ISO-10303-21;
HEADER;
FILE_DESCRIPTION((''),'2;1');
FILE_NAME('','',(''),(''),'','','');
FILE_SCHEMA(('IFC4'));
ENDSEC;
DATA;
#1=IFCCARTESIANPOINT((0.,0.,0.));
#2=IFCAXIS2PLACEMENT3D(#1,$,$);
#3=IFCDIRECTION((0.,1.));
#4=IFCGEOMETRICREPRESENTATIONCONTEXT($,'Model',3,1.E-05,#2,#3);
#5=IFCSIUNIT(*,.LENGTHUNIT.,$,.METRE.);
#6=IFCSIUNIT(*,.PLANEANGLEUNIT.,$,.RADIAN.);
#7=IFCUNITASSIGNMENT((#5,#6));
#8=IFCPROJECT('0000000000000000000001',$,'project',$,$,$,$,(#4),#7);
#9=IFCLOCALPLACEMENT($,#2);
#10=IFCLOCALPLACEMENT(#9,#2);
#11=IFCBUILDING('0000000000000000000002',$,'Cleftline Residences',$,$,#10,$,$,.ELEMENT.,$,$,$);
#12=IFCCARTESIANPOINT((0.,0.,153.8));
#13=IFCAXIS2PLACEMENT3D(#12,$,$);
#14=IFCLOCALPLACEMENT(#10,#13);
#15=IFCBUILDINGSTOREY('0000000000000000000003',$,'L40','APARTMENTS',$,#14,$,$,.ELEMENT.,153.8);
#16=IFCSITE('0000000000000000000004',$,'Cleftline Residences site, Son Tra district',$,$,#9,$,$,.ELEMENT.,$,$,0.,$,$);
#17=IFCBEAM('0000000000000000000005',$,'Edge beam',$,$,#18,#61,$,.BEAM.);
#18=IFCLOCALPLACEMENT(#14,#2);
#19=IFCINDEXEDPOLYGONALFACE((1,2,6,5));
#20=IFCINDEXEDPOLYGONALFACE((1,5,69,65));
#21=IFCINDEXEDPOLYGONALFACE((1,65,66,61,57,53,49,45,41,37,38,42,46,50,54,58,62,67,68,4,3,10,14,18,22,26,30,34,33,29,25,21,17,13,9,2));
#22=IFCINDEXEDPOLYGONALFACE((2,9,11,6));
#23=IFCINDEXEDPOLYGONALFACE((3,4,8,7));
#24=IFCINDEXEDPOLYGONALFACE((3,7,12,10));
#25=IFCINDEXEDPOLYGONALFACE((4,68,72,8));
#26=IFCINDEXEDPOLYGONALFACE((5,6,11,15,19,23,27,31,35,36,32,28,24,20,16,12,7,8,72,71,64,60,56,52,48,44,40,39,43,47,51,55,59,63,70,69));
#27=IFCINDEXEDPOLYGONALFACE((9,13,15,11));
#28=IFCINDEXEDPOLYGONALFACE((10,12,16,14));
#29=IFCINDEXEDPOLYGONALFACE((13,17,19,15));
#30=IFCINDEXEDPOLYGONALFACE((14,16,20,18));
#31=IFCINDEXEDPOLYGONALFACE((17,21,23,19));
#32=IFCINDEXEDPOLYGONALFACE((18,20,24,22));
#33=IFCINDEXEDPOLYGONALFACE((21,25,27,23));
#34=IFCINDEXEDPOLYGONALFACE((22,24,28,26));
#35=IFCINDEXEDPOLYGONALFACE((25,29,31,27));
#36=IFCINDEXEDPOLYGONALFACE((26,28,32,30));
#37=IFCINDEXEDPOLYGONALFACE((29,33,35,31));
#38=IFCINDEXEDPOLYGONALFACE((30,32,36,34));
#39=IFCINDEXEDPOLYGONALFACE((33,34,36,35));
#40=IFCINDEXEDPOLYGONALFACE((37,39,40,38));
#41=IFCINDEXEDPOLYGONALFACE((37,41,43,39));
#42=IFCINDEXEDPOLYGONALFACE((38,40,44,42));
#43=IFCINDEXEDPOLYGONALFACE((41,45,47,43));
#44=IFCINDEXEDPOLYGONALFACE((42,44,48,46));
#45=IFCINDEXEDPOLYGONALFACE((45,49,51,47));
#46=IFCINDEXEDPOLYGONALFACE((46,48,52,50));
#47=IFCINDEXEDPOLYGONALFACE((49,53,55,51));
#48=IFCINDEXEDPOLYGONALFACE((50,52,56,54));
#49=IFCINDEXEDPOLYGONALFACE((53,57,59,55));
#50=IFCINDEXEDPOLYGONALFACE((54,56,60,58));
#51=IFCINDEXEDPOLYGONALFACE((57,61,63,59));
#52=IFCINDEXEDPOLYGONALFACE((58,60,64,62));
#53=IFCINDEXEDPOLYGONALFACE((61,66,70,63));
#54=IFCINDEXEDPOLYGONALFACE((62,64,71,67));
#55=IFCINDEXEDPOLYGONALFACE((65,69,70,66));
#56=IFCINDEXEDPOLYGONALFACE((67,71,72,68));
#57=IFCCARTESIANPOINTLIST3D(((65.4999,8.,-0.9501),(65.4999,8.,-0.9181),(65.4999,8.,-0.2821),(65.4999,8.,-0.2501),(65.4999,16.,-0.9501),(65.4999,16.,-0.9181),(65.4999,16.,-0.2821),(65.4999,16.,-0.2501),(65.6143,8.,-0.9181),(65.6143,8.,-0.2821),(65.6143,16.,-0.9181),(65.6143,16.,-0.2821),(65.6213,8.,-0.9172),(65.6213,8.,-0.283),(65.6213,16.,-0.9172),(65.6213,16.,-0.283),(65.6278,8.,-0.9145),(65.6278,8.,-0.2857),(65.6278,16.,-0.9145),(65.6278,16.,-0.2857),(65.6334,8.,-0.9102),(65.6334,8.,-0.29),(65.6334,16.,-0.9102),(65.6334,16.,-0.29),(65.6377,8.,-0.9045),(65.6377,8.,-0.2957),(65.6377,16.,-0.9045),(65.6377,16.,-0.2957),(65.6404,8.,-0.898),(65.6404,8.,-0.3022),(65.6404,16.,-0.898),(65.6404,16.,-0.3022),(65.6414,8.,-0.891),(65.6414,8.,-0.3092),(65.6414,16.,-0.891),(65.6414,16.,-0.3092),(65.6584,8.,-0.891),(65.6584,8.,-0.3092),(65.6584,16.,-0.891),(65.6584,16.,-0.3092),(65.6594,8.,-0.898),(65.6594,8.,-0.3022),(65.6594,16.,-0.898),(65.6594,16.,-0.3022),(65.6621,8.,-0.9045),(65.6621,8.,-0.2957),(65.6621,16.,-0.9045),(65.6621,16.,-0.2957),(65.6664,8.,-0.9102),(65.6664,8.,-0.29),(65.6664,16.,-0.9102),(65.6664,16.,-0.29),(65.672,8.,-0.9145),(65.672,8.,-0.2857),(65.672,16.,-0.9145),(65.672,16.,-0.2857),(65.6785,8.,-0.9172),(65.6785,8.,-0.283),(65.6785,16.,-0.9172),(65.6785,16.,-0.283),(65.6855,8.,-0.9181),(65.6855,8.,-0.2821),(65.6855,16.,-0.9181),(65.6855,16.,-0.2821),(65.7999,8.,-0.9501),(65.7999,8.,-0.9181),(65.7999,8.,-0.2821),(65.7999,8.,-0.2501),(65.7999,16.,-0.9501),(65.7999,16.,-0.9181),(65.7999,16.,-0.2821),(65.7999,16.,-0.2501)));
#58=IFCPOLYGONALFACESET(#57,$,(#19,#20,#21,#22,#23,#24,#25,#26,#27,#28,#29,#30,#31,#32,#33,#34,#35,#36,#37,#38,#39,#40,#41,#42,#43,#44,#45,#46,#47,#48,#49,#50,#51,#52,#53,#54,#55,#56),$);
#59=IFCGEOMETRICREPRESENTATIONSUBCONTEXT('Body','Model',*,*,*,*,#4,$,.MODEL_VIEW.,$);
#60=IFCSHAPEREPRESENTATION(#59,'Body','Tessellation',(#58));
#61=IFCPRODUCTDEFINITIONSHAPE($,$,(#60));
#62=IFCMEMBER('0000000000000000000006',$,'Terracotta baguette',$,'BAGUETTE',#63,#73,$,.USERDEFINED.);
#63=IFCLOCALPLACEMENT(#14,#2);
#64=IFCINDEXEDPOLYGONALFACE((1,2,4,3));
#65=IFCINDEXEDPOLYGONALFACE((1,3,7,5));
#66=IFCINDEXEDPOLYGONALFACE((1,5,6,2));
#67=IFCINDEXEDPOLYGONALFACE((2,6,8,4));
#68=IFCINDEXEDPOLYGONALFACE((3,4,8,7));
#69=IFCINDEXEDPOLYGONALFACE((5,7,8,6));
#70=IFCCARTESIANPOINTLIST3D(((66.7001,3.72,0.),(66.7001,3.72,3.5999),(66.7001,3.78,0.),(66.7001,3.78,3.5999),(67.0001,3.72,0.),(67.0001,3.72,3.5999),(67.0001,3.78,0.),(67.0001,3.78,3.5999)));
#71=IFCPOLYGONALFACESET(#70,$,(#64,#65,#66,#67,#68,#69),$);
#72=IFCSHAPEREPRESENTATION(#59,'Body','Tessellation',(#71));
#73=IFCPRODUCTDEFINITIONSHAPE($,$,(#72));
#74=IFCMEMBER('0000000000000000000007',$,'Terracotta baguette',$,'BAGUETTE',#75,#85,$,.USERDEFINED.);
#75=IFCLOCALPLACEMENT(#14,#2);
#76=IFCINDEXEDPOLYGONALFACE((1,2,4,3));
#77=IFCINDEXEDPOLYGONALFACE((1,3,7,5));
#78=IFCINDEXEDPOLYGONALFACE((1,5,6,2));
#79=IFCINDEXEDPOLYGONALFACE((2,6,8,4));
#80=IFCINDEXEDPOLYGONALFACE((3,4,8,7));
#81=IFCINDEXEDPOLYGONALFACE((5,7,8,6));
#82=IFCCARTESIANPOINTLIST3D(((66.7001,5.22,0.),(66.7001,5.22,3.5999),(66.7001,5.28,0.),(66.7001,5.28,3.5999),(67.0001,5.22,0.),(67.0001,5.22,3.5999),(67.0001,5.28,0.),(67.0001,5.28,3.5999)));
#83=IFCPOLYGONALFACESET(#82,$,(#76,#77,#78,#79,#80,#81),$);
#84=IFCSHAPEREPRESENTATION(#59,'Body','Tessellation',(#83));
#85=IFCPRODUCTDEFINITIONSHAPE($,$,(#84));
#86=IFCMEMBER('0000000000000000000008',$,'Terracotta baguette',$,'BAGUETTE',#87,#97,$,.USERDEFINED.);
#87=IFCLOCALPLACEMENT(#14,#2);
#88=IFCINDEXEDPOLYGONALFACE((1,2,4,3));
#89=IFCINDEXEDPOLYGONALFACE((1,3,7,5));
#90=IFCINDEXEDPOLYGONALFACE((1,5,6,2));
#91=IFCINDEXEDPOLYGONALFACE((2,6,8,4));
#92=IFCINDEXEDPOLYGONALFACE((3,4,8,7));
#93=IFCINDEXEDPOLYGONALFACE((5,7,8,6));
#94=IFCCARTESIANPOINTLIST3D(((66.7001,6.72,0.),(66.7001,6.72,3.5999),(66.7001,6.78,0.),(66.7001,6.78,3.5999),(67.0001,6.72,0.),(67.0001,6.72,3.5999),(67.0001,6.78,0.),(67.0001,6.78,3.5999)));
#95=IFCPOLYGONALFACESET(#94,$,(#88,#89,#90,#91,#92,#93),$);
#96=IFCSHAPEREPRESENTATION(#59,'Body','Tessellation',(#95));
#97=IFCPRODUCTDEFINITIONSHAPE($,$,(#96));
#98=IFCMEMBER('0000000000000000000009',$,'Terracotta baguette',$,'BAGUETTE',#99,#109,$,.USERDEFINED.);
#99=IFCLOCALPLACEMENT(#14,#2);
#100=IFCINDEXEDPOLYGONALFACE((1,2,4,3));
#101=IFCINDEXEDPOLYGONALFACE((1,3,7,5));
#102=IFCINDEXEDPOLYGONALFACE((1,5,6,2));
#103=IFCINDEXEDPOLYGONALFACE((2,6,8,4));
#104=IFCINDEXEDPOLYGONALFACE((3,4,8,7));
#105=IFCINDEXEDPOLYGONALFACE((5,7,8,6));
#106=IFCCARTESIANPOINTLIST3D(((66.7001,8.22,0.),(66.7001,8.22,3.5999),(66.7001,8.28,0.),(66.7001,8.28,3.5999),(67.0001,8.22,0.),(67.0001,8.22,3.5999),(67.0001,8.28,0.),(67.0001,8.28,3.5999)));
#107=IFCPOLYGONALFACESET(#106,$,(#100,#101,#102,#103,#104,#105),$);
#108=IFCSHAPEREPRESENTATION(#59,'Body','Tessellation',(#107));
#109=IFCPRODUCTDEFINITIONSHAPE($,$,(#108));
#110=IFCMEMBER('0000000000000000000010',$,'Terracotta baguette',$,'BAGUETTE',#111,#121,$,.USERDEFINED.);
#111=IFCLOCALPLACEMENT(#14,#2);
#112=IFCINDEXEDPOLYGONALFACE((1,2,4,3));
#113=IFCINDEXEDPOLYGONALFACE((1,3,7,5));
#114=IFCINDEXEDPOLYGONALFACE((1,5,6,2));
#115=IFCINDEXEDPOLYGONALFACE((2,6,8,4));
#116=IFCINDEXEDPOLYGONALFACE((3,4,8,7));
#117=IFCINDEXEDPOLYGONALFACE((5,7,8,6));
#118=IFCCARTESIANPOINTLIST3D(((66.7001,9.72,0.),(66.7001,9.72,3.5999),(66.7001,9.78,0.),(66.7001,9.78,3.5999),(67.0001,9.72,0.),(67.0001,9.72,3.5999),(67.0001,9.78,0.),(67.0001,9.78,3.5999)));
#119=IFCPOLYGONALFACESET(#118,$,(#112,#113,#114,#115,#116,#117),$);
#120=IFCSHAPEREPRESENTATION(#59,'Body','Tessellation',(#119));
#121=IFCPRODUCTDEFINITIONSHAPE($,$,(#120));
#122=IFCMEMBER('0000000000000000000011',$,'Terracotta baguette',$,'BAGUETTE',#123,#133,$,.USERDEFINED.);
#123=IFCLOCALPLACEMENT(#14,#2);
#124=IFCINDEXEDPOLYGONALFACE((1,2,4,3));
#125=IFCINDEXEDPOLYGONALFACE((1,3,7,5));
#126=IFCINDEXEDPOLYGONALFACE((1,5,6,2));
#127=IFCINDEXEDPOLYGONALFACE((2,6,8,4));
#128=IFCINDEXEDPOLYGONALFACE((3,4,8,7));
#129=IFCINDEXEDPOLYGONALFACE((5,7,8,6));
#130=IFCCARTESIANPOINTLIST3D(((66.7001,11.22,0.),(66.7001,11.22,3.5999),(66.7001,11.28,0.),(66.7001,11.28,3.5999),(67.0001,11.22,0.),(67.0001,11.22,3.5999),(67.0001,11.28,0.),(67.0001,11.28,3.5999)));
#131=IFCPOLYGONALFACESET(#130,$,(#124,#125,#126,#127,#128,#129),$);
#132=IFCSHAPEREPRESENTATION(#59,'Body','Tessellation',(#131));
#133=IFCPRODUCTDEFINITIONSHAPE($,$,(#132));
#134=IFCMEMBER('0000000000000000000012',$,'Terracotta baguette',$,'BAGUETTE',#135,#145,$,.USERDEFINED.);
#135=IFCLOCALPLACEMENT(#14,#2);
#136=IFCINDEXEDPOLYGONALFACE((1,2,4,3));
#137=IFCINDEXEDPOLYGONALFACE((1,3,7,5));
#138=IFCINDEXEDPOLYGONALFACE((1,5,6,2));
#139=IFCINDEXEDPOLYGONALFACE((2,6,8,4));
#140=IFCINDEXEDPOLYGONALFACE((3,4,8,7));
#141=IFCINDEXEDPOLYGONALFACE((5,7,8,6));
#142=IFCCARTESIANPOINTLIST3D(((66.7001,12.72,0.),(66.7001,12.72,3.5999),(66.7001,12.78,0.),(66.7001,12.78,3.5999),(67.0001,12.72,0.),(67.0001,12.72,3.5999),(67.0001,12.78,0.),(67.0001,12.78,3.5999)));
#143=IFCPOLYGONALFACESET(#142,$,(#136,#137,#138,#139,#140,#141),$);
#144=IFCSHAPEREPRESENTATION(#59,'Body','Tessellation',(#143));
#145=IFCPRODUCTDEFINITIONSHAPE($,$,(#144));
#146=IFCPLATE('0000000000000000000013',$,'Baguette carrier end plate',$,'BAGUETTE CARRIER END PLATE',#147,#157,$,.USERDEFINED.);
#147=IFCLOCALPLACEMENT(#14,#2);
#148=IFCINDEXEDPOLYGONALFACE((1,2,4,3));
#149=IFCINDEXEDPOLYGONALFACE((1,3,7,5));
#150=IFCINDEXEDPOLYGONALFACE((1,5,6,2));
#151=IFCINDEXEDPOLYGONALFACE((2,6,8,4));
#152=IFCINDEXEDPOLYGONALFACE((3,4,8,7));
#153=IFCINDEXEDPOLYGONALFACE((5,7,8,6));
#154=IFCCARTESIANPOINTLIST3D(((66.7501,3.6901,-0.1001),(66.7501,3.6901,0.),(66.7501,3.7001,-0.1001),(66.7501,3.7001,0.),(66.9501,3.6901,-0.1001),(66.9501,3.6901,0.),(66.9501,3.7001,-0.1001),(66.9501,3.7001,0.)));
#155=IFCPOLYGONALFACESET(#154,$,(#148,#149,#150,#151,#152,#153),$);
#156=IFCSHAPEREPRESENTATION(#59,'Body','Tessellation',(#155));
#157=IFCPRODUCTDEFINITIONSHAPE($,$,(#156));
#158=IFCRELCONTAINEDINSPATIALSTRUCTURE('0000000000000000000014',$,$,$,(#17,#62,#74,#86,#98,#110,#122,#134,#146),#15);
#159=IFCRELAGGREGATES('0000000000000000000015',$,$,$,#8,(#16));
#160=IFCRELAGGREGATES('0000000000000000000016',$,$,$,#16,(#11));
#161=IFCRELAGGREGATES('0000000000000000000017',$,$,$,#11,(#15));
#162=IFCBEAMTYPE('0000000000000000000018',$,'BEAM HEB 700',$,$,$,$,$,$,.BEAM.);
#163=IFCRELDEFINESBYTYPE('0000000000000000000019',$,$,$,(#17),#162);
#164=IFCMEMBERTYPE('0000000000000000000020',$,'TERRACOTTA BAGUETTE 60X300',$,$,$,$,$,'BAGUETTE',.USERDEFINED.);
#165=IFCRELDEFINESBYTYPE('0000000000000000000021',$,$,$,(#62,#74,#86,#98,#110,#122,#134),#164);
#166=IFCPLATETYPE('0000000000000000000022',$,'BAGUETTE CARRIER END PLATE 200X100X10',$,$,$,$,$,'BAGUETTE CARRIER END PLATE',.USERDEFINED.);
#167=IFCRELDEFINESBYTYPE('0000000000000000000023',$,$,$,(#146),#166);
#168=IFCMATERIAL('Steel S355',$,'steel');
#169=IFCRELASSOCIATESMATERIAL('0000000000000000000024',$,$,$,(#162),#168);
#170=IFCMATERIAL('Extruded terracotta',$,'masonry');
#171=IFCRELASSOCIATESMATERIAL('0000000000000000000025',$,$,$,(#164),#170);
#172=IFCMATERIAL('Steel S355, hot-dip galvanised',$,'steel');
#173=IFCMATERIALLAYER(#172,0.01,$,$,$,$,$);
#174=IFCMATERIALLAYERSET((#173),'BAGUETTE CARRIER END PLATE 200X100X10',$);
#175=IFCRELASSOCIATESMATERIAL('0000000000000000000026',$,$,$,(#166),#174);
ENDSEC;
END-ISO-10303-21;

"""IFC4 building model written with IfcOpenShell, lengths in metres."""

from ifc_helpers import new_model, si_unit, direction, frame, origin, origin_2d, place, context, subcontext, project, spatial, rectangle, i_section, extrude, material, layer, layer_set, material_profile, profile_set, type_object, element, save


model = new_model("IFC4")

# Units and contexts
model_context = context("Model", 3, precision=1e-05, world=origin(), true_north=direction((0.0, 1.0)))
body_context = subcontext(model_context, "Body", "Model", "MODEL_VIEW")
ifc_project = project(units=[si_unit("LENGTHUNIT", "METRE"), si_unit("PLANEANGLEUNIT", "RADIAN")], contexts=[model_context])

# Site, building, storey
site_placement = place(None, origin())
site = spatial("IfcSite", under=ifc_project, at=site_placement, Name="Cleftline Residences site, Son Tra district", CompositionType="ELEMENT", RefElevation=0.0)
building_placement = place(site_placement, origin())
building = spatial("IfcBuilding", under=site, at=building_placement, Name="Cleftline Residences", CompositionType="ELEMENT")
storey_placement = place(building_placement, frame((0.0, 0.0, 153.8)))
storey = spatial("IfcBuildingStorey", under=building, at=storey_placement, Name="L40", Description="APARTMENTS", CompositionType="ELEMENT", Elevation=153.8)

# Beam
ifc_material_1 = material(Name="Steel S355", Category="steel")
ifc_material_profile_1 = material_profile(ifc_material_1, i_section(OverallWidth=0.3, OverallDepth=0.7, WebThickness=0.0171, FlangeThickness=0.032, FilletRadius=0.0271, at=origin_2d()))
ifc_profile_set_1 = profile_set([ifc_material_profile_1], Name="Steel S355")
beam_type = type_object("IfcBeamType", Name="BEAM HEB 700", PredefinedType="BEAM", material=ifc_profile_set_1)
beam_placement = place(storey_placement, frame((65.6499, 8.0, -0.6001), z_axis=(0.0, 1.0, 0.0), x_axis=(-1.0, 0.0, 0.0)))
element("IfcBeam", 1, at=beam_placement, inside=storey, type_object=beam_type, Name="Edge beam", PredefinedType="BEAM", context=body_context, shape_type="SweptSolid", body=[
    extrude(i_section(OverallWidth=0.3, OverallDepth=0.7, WebThickness=0.0171, FlangeThickness=0.032, FilletRadius=0.0271, at=origin_2d()), origin(), (0.0, 0.0, 1.0), 8.0),
])

# Members
ifc_material_2 = material(Name="Extruded terracotta", Category="masonry")
ifc_material_profile_2 = material_profile(ifc_material_2, rectangle(XDim=0.0601, YDim=0.3, at=origin_2d()))
ifc_profile_set_2 = profile_set([ifc_material_profile_2], Name="Extruded terracotta")
member_type_1 = type_object("IfcMemberType", Name="TERRACOTTA BAGUETTE 60X300", ElementType="BAGUETTE", PredefinedType="USERDEFINED", material=ifc_profile_set_2)
for number, where, z_axis, x_axis, name in (
    (2, (66.8501, 3.75, 0.0), (0.0, 0.0, 1.0), (0.0, 1.0, 0.0), "Terracotta baguette"),
    (3, (66.8501, 5.25, 0.0), (0.0, 0.0, 1.0), (0.0, 1.0, 0.0), "Terracotta baguette"),
    (4, (66.8501, 6.75, 0.0), (0.0, 0.0, 1.0), (0.0, 1.0, 0.0), "Terracotta baguette"),
    (5, (66.8501, 8.25, 0.0), (0.0, 0.0, 1.0), (0.0, 1.0, 0.0), "Terracotta baguette"),
    (6, (66.8501, 9.75, 0.0), (0.0, 0.0, 1.0), (0.0, 1.0, 0.0), "Terracotta baguette"),
    (7, (66.8501, 11.25, 0.0), (0.0, 0.0, 1.0), (0.0, 1.0, 0.0), "Terracotta baguette"),
    (8, (66.8501, 12.75, 0.0), (0.0, 0.0, 1.0), (0.0, 1.0, 0.0), "Terracotta baguette"),
):
    element("IfcMember", number, at=place(storey_placement, frame(where, z_axis=z_axis, x_axis=x_axis)), inside=storey, type_object=member_type_1, Name=name, ObjectType="BAGUETTE", PredefinedType="USERDEFINED", context=body_context, shape_type="SweptSolid", body=[
        extrude(rectangle(XDim=0.0601, YDim=0.3, at=origin_2d()), origin(), (0.0, 0.0, 1.0), 3.5999),
    ])

# Plate
ifc_material_3 = material(Name="Steel S355, hot-dip galvanised", Category="steel")
ifc_layer_1 = layer(ifc_material_3, 0.01)
ifc_layer_set_1 = layer_set([ifc_layer_1], Name="BAGUETTE CARRIER END PLATE 200X100X10")
plate_type = type_object("IfcPlateType", Name="BAGUETTE CARRIER END PLATE 200X100X10", ElementType="BAGUETTE CARRIER END PLATE", PredefinedType="USERDEFINED", material=ifc_layer_set_1)
plate_placement = place(storey_placement, frame((66.8501, 3.6951, -0.1001), z_axis=(0.0, 0.0, 1.0), x_axis=(1.0, 0.0, 0.0)))
element("IfcPlate", 9, at=plate_placement, inside=storey, type_object=plate_type, Name="Baguette carrier end plate", ObjectType="BAGUETTE CARRIER END PLATE", PredefinedType="USERDEFINED", context=body_context, shape_type="SweptSolid", body=[
    extrude(rectangle(XDim=0.2, YDim=0.01, at=origin_2d()), origin(), (0.0, 0.0, 1.0), 0.1001),
])

save(model, "model.ifc")
